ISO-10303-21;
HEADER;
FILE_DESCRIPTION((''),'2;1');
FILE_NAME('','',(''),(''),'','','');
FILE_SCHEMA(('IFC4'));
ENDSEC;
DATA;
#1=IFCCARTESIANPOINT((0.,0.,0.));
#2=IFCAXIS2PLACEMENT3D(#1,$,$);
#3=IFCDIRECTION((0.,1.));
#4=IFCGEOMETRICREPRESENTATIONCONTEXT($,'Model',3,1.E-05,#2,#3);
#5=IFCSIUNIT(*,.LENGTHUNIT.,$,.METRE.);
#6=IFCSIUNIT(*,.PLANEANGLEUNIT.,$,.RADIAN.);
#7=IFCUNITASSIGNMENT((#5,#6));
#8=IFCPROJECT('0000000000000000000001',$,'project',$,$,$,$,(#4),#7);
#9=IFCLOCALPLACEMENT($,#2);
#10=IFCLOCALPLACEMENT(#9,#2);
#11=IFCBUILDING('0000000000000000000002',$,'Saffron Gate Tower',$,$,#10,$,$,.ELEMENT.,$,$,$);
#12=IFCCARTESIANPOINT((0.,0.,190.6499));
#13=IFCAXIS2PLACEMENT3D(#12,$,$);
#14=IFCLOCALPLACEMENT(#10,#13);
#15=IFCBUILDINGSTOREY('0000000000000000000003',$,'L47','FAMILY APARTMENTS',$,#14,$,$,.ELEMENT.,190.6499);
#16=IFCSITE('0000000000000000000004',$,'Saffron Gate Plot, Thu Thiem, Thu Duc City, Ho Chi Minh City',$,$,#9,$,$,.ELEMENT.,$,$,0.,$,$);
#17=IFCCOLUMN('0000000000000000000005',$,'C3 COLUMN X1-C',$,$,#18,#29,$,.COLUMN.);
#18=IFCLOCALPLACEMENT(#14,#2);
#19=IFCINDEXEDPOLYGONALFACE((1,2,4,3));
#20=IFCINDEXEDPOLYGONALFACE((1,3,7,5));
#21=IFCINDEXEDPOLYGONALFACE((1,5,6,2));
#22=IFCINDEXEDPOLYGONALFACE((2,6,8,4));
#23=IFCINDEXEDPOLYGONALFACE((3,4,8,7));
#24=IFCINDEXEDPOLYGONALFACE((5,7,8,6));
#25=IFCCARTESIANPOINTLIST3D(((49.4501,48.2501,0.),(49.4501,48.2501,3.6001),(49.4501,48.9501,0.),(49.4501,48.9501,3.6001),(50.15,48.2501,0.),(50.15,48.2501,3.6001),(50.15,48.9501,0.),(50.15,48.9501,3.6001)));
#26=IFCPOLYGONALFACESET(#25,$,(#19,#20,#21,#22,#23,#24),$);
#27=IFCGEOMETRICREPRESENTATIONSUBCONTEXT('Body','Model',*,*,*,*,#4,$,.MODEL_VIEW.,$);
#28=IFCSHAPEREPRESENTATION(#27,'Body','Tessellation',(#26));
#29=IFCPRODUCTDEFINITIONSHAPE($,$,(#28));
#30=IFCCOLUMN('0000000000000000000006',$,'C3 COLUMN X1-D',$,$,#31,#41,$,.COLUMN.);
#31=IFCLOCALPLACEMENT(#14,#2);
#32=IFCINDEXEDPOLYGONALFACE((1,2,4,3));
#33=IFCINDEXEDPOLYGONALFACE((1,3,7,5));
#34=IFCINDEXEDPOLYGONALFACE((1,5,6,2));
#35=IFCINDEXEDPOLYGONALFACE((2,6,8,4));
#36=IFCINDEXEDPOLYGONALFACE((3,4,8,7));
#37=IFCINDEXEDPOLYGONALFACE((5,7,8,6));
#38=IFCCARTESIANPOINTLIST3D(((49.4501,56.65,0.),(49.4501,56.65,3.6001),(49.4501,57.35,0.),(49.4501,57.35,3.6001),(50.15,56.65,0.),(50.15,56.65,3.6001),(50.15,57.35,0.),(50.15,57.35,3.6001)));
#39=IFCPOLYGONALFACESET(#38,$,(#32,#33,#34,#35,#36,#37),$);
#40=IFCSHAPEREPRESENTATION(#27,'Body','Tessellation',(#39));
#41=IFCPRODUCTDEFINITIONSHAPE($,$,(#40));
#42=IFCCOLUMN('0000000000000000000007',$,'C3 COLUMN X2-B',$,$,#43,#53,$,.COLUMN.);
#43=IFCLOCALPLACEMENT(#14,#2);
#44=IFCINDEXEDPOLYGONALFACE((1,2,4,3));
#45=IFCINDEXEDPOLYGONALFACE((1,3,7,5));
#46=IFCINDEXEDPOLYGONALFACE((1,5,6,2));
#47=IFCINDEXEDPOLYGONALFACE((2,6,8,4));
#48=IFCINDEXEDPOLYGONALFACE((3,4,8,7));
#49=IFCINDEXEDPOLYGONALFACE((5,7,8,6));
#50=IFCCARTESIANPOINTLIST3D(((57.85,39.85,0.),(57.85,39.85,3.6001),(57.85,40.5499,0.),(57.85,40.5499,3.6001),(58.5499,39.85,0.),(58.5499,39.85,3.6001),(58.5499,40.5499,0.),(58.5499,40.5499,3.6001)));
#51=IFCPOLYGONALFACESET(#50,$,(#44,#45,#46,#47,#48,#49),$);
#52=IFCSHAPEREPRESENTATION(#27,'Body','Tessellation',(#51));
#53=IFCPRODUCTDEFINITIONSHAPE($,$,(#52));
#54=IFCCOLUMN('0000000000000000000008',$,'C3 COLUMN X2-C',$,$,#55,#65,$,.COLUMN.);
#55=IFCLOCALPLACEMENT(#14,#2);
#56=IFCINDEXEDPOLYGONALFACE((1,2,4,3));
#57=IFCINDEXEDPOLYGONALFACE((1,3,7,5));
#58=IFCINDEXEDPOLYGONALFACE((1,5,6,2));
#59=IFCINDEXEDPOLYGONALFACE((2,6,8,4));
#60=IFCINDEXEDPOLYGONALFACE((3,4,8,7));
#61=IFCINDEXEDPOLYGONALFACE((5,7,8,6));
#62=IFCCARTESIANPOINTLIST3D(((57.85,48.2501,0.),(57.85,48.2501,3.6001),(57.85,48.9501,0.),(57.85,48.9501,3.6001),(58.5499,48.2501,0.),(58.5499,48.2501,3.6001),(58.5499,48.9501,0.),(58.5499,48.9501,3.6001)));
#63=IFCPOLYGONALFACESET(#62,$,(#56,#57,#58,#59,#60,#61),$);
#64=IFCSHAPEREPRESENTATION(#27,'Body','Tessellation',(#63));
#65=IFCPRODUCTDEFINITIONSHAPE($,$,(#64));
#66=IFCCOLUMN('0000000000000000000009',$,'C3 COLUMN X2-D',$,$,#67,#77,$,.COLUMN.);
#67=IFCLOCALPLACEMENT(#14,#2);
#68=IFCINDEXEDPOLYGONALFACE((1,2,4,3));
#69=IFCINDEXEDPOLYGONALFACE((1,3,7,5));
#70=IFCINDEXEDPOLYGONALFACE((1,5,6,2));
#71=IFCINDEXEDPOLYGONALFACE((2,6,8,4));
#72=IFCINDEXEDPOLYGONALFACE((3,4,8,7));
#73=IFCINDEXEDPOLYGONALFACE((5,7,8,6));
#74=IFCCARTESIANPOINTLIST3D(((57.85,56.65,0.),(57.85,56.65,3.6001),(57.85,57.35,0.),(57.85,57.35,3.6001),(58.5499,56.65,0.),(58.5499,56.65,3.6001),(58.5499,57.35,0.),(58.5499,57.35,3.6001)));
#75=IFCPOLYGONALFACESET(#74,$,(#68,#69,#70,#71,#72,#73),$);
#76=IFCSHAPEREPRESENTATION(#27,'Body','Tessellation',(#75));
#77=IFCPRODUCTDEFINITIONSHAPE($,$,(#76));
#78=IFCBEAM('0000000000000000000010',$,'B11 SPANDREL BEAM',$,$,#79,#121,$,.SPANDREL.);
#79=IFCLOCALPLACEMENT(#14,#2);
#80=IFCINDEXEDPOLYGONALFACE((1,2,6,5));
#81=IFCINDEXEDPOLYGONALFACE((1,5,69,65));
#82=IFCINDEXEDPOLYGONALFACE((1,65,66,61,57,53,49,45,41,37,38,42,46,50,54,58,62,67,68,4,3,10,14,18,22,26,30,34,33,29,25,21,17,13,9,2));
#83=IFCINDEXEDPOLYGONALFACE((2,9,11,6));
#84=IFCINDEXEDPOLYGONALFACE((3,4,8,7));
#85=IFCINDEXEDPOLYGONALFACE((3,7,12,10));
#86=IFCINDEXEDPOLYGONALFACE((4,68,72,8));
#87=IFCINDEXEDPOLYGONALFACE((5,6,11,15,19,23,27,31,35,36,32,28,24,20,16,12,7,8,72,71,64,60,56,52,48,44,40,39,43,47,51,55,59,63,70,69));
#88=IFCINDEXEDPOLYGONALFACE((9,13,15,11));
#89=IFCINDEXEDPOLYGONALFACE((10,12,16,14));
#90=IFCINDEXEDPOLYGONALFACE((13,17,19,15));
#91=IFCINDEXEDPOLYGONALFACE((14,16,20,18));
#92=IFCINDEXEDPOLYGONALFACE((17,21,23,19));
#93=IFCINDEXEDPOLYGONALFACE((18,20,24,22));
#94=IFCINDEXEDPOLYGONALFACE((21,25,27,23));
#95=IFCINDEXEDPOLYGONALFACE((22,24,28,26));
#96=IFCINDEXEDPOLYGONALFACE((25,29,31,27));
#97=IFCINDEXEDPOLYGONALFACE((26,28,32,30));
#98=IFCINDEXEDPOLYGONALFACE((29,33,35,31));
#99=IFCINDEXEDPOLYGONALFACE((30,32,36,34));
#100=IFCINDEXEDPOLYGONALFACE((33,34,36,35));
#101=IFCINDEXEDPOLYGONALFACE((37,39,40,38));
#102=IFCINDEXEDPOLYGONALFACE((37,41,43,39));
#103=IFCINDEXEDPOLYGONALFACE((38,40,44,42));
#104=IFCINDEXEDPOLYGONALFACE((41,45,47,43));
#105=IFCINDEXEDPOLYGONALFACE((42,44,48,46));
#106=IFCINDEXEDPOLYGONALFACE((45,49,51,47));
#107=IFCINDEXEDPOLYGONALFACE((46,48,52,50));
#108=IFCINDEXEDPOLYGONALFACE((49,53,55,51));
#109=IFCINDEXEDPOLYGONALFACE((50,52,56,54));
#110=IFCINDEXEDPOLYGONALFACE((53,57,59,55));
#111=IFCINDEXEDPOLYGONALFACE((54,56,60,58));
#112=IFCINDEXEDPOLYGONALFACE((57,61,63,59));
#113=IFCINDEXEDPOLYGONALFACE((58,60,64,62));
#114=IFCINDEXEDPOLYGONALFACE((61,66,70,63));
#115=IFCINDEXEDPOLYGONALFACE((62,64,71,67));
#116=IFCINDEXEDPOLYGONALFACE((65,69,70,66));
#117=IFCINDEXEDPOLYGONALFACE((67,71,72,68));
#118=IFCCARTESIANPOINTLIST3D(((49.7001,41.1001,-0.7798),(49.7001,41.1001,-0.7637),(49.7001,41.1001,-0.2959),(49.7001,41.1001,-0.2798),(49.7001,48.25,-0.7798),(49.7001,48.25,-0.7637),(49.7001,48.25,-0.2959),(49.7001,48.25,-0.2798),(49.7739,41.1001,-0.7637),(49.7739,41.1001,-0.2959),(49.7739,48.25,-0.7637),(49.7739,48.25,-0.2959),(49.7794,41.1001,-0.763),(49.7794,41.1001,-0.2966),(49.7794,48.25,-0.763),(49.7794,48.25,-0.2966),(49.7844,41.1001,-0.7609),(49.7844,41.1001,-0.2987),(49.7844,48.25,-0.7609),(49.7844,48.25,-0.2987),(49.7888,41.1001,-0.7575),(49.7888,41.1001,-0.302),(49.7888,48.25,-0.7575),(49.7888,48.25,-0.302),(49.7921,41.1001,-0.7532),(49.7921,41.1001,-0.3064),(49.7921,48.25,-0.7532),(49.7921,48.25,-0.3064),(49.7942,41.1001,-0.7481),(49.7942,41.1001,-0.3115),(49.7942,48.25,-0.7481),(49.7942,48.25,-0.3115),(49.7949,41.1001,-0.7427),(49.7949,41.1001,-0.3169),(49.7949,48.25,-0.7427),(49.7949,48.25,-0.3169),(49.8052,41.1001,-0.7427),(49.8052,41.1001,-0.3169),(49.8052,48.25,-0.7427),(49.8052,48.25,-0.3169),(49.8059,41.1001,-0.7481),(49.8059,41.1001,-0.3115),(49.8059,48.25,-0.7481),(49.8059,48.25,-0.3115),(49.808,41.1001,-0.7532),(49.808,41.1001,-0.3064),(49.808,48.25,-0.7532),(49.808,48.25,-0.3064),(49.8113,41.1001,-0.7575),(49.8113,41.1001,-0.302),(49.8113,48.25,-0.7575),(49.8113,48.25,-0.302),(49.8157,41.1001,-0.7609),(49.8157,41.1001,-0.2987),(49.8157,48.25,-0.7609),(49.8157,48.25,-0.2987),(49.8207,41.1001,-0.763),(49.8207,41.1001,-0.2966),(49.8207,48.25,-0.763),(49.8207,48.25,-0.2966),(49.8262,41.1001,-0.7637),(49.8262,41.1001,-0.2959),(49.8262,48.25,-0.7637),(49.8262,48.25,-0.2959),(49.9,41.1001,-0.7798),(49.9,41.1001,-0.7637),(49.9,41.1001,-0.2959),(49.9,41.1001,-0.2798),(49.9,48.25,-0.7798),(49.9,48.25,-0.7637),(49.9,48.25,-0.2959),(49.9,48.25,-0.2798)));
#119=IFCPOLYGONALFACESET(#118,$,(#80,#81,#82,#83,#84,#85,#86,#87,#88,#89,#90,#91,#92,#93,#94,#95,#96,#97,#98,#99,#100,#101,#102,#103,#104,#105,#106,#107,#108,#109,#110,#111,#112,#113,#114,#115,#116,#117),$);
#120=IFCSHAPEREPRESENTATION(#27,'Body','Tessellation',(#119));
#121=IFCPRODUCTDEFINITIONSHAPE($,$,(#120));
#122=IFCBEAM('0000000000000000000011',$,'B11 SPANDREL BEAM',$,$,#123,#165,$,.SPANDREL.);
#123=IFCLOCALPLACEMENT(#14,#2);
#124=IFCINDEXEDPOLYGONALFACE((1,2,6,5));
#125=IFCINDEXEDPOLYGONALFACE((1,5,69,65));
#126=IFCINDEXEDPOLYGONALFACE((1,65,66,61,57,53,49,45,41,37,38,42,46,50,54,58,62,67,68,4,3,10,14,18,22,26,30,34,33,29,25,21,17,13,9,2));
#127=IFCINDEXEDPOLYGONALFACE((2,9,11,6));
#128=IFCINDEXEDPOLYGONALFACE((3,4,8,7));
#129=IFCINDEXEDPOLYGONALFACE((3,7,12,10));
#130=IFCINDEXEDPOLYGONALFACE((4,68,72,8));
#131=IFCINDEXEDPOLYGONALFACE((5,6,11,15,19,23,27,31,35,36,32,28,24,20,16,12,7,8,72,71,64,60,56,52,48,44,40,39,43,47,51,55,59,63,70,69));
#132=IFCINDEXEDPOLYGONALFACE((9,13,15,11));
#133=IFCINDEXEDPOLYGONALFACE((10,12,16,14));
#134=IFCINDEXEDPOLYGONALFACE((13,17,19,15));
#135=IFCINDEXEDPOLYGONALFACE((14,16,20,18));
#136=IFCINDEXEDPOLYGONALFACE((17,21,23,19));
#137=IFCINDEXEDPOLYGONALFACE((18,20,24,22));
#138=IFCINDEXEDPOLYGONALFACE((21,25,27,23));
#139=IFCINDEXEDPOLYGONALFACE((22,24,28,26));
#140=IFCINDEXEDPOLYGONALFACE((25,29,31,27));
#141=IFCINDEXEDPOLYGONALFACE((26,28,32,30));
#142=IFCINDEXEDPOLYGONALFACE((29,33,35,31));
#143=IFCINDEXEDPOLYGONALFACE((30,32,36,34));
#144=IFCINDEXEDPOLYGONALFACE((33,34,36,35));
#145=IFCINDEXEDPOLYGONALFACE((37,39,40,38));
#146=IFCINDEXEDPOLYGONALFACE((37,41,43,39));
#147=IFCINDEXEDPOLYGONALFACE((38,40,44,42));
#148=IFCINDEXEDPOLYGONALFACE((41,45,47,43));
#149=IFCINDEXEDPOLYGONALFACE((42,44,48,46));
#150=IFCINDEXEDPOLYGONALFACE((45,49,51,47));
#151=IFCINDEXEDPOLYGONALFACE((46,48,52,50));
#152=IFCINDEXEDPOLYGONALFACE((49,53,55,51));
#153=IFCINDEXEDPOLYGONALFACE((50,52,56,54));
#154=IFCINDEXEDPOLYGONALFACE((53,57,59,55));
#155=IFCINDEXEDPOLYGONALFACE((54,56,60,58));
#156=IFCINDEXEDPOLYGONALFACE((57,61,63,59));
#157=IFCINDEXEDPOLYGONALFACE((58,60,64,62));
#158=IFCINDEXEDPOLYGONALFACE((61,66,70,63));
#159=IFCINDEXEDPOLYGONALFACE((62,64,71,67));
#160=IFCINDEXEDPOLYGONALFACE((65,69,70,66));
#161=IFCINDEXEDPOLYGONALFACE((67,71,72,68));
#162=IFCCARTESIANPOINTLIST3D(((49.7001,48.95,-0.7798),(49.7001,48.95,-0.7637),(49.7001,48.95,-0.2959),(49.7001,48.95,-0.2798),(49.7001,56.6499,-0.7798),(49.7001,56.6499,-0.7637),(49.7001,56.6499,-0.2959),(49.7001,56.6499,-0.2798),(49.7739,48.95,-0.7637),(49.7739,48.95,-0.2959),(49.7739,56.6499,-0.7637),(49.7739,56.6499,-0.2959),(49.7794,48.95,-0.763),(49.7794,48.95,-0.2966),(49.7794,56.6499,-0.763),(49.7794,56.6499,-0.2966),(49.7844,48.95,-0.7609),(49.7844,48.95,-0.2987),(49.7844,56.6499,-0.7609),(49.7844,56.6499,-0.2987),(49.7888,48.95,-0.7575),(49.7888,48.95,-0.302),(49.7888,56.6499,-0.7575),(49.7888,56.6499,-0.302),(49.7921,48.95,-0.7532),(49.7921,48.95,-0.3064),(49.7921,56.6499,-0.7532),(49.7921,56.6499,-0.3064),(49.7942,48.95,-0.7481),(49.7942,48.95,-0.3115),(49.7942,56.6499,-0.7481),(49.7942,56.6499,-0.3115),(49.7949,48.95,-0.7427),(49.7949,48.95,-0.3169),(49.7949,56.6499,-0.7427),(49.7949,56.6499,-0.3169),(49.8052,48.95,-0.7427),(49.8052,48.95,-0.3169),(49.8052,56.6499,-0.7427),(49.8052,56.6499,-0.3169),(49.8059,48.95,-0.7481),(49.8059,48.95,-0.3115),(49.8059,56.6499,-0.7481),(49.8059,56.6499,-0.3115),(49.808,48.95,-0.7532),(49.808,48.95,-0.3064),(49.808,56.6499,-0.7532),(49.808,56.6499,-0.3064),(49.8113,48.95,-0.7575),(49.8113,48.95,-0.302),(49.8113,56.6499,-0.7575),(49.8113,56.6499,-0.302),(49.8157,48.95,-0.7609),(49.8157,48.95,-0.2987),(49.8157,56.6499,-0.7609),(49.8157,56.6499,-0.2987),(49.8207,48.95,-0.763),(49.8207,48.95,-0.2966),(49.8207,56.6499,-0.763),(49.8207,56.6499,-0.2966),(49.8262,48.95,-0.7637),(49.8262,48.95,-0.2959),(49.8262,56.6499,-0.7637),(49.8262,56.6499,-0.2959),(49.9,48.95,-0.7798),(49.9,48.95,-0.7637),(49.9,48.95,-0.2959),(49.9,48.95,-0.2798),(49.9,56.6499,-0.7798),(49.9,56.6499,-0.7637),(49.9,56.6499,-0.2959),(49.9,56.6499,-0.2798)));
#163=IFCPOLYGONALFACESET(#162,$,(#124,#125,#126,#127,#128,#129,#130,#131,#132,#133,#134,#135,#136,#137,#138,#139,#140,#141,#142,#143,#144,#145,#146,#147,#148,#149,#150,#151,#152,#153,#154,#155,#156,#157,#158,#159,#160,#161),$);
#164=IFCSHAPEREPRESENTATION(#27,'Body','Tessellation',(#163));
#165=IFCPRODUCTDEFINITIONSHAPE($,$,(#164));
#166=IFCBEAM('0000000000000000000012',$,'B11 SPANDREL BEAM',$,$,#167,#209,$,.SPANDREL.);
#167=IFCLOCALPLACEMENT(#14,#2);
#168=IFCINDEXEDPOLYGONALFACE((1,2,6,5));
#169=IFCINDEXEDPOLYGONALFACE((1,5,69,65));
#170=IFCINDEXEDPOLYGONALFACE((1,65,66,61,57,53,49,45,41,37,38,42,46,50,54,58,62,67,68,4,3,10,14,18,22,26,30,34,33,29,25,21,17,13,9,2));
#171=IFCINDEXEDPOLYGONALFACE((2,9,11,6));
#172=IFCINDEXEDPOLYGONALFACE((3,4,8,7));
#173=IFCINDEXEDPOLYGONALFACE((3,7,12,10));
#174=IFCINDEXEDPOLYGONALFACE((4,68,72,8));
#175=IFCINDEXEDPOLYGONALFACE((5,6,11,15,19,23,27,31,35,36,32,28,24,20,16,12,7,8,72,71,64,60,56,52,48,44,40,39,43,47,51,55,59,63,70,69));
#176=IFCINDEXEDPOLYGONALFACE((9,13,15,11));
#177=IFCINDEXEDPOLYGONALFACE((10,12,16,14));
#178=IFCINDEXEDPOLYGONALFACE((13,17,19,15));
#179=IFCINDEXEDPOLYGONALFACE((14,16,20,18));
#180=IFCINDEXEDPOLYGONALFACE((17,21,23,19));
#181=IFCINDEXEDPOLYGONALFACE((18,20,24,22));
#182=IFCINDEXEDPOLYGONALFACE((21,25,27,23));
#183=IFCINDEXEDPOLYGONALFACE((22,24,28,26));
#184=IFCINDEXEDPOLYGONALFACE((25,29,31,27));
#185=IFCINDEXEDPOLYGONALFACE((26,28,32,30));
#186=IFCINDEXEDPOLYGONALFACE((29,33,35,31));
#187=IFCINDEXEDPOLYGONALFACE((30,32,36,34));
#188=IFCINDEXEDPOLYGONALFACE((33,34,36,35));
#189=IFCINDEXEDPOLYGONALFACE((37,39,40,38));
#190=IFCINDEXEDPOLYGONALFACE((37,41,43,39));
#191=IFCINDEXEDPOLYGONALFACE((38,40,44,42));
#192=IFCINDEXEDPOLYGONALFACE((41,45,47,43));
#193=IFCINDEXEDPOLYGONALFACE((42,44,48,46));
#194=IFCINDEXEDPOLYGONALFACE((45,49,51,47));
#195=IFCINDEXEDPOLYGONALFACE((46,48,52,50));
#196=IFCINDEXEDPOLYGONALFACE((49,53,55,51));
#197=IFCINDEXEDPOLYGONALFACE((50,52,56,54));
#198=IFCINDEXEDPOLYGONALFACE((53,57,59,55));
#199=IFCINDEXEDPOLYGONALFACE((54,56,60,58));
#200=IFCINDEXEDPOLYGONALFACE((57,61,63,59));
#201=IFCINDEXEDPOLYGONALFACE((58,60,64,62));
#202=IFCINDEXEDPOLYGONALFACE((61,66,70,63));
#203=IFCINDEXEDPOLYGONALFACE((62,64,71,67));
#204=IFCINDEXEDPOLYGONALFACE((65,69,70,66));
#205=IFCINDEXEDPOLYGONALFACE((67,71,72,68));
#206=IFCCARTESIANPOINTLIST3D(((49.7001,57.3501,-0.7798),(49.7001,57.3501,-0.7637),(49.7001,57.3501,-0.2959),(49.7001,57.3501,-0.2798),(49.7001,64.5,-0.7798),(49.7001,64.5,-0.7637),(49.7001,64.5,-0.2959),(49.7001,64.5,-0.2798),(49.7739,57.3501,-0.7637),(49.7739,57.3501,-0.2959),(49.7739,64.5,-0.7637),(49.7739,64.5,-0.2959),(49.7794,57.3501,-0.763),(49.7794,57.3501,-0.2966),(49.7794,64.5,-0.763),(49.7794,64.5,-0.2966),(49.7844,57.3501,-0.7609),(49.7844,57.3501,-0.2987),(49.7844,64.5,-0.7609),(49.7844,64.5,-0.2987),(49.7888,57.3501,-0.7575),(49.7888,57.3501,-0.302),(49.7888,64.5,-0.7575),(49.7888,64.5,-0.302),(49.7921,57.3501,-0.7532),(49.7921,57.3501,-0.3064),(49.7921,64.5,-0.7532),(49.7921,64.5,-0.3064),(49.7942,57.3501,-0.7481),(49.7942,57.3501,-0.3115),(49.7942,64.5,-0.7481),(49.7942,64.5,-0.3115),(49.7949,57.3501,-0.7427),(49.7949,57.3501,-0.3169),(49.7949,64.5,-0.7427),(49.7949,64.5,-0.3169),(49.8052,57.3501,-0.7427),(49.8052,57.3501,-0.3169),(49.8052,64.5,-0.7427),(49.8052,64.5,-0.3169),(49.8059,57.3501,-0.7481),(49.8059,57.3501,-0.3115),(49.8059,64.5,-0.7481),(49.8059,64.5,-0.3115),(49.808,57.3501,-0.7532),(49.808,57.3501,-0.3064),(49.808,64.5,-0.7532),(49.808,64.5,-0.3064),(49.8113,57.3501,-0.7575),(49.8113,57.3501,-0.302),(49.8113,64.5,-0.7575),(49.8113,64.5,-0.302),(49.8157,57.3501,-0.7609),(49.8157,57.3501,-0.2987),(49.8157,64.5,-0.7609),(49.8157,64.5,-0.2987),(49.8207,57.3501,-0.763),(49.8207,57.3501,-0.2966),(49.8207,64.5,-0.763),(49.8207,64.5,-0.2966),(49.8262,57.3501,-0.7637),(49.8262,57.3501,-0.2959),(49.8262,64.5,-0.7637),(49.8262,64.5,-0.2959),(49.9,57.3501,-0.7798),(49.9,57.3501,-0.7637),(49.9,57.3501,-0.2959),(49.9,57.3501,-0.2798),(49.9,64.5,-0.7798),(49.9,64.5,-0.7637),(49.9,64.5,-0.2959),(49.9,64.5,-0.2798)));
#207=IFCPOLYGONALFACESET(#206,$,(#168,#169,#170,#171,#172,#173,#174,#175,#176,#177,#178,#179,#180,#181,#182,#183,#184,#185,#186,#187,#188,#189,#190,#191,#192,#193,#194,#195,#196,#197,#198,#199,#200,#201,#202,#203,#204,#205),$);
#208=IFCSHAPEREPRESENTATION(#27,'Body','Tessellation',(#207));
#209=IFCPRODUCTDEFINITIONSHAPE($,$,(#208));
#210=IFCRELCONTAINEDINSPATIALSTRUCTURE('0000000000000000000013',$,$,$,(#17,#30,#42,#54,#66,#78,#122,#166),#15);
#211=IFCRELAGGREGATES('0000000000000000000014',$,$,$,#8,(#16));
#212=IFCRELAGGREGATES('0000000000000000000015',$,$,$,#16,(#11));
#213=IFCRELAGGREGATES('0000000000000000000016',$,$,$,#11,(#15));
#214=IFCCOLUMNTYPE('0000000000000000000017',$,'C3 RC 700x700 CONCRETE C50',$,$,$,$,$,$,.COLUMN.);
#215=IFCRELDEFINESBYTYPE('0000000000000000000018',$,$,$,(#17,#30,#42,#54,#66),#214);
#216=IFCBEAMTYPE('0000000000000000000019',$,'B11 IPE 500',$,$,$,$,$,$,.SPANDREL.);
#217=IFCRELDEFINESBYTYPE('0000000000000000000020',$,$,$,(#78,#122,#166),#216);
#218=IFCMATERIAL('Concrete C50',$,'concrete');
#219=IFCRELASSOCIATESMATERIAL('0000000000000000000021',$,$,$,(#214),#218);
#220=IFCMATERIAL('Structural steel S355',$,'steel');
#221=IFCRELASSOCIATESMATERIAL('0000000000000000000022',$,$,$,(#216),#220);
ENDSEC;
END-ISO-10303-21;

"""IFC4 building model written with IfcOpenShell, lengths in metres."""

from ifc_helpers import new_model, si_unit, direction, frame, origin, origin_2d, place, context, subcontext, project, spatial, rectangle, i_section, extrude, material, material_profile, profile_set, type_object, element, save


model = new_model("IFC4")

# Units and contexts
model_context = context("Model", 3, precision=1e-05, world=origin(), true_north=direction((0.0, 1.0)))
body_context = subcontext(model_context, "Body", "Model", "MODEL_VIEW")
ifc_project = project(units=[si_unit("LENGTHUNIT", "METRE"), si_unit("PLANEANGLEUNIT", "RADIAN")], contexts=[model_context])

# Site, building, storey
site_placement = place(None, origin())
site = spatial("IfcSite", under=ifc_project, at=site_placement, Name="Saffron Gate Plot, Thu Thiem, Thu Duc City, Ho Chi Minh City", CompositionType="ELEMENT", RefElevation=0.0)
building_placement = place(site_placement, origin())
building = spatial("IfcBuilding", under=site, at=building_placement, Name="Saffron Gate Tower", CompositionType="ELEMENT")
storey_placement = place(building_placement, frame((0.0, 0.0, 190.6499)))
storey = spatial("IfcBuildingStorey", under=building, at=storey_placement, Name="L47", Description="FAMILY APARTMENTS", CompositionType="ELEMENT", Elevation=190.6499)

# Columns
ifc_material_1 = material(Name="Concrete C50", Category="concrete")
ifc_material_profile_1 = material_profile(ifc_material_1, rectangle(XDim=0.7, YDim=0.7, at=origin_2d()))
ifc_profile_set_1 = profile_set([ifc_material_profile_1], Name="Concrete C50")
column_type = type_object("IfcColumnType", Name="C3 RC 700x700 CONCRETE C50", PredefinedType="COLUMN", material=ifc_profile_set_1)
for number, where, z_axis, x_axis, name in (
    (1, (49.8, 48.6001, 0.0), (0.0, 0.0, 1.0), (1.0, 0.0, 0.0), "C3 COLUMN X1-C"),
    (2, (49.8, 57.0, 0.0), (0.0, 0.0, 1.0), (1.0, 0.0, 0.0), "C3 COLUMN X1-D"),
    (3, (58.2, 40.2, 0.0), (0.0, 0.0, 1.0), (1.0, 0.0, 0.0), "C3 COLUMN X2-B"),
    (4, (58.2, 48.6001, 0.0), (0.0, 0.0, 1.0), (1.0, 0.0, 0.0), "C3 COLUMN X2-C"),
    (5, (58.2, 57.0, 0.0), (0.0, 0.0, 1.0), (1.0, 0.0, 0.0), "C3 COLUMN X2-D"),
):
    element("IfcColumn", number, at=place(storey_placement, frame(where, z_axis=z_axis, x_axis=x_axis)), inside=storey, type_object=column_type, Name=name, PredefinedType="COLUMN", context=body_context, shape_type="SweptSolid", body=[
        extrude(rectangle(XDim=0.7, YDim=0.7, at=origin_2d()), origin(), (0.0, 0.0, 1.0), 3.6001),
    ])

# Beams
ifc_material_2 = material(Name="Structural steel S355", Category="steel")
ifc_material_profile_2 = material_profile(ifc_material_2, i_section(OverallWidth=0.2, OverallDepth=0.5, WebThickness=0.0103, FlangeThickness=0.0161, FilletRadius=0.021, at=origin_2d()))
ifc_profile_set_2 = profile_set([ifc_material_profile_2], Name="Structural steel S355")
beam_type = type_object("IfcBeamType", Name="B11 IPE 500", PredefinedType="SPANDREL", material=ifc_profile_set_2)
beam_1_placement = place(storey_placement, frame((49.8, 41.1001, -0.5298), z_axis=(0.0, 1.0, 0.0), x_axis=(-1.0, 0.0, 0.0)))
element("IfcBeam", 6, at=beam_1_placement, inside=storey, type_object=beam_type, Name="B11 SPANDREL BEAM", PredefinedType="SPANDREL", context=body_context, shape_type="SweptSolid", body=[
    extrude(i_section(OverallWidth=0.2, OverallDepth=0.5, WebThickness=0.0103, FlangeThickness=0.0161, FilletRadius=0.021, at=origin_2d()), origin(), (0.0, 0.0, 1.0), 7.1499),
])
beam_2_placement = place(storey_placement, frame((49.8, 48.95, -0.5298), z_axis=(0.0, 1.0, 0.0), x_axis=(-1.0, 0.0, 0.0)))
element("IfcBeam", 7, at=beam_2_placement, inside=storey, type_object=beam_type, Name="B11 SPANDREL BEAM", PredefinedType="SPANDREL", context=body_context, shape_type="SweptSolid", body=[
    extrude(i_section(OverallWidth=0.2, OverallDepth=0.5, WebThickness=0.0103, FlangeThickness=0.0161, FilletRadius=0.021, at=origin_2d()), origin(), (0.0, 0.0, 1.0), 7.7),
])
beam_3_placement = place(storey_placement, frame((49.8, 57.3501, -0.5298), z_axis=(0.0, 1.0, 0.0), x_axis=(-1.0, 0.0, 0.0)))
element("IfcBeam", 8, at=beam_3_placement, inside=storey, type_object=beam_type, Name="B11 SPANDREL BEAM", PredefinedType="SPANDREL", context=body_context, shape_type="SweptSolid", body=[
    extrude(i_section(OverallWidth=0.2, OverallDepth=0.5, WebThickness=0.0103, FlangeThickness=0.0161, FilletRadius=0.021, at=origin_2d()), origin(), (0.0, 0.0, 1.0), 7.1499),
])

save(model, "model.ifc")
